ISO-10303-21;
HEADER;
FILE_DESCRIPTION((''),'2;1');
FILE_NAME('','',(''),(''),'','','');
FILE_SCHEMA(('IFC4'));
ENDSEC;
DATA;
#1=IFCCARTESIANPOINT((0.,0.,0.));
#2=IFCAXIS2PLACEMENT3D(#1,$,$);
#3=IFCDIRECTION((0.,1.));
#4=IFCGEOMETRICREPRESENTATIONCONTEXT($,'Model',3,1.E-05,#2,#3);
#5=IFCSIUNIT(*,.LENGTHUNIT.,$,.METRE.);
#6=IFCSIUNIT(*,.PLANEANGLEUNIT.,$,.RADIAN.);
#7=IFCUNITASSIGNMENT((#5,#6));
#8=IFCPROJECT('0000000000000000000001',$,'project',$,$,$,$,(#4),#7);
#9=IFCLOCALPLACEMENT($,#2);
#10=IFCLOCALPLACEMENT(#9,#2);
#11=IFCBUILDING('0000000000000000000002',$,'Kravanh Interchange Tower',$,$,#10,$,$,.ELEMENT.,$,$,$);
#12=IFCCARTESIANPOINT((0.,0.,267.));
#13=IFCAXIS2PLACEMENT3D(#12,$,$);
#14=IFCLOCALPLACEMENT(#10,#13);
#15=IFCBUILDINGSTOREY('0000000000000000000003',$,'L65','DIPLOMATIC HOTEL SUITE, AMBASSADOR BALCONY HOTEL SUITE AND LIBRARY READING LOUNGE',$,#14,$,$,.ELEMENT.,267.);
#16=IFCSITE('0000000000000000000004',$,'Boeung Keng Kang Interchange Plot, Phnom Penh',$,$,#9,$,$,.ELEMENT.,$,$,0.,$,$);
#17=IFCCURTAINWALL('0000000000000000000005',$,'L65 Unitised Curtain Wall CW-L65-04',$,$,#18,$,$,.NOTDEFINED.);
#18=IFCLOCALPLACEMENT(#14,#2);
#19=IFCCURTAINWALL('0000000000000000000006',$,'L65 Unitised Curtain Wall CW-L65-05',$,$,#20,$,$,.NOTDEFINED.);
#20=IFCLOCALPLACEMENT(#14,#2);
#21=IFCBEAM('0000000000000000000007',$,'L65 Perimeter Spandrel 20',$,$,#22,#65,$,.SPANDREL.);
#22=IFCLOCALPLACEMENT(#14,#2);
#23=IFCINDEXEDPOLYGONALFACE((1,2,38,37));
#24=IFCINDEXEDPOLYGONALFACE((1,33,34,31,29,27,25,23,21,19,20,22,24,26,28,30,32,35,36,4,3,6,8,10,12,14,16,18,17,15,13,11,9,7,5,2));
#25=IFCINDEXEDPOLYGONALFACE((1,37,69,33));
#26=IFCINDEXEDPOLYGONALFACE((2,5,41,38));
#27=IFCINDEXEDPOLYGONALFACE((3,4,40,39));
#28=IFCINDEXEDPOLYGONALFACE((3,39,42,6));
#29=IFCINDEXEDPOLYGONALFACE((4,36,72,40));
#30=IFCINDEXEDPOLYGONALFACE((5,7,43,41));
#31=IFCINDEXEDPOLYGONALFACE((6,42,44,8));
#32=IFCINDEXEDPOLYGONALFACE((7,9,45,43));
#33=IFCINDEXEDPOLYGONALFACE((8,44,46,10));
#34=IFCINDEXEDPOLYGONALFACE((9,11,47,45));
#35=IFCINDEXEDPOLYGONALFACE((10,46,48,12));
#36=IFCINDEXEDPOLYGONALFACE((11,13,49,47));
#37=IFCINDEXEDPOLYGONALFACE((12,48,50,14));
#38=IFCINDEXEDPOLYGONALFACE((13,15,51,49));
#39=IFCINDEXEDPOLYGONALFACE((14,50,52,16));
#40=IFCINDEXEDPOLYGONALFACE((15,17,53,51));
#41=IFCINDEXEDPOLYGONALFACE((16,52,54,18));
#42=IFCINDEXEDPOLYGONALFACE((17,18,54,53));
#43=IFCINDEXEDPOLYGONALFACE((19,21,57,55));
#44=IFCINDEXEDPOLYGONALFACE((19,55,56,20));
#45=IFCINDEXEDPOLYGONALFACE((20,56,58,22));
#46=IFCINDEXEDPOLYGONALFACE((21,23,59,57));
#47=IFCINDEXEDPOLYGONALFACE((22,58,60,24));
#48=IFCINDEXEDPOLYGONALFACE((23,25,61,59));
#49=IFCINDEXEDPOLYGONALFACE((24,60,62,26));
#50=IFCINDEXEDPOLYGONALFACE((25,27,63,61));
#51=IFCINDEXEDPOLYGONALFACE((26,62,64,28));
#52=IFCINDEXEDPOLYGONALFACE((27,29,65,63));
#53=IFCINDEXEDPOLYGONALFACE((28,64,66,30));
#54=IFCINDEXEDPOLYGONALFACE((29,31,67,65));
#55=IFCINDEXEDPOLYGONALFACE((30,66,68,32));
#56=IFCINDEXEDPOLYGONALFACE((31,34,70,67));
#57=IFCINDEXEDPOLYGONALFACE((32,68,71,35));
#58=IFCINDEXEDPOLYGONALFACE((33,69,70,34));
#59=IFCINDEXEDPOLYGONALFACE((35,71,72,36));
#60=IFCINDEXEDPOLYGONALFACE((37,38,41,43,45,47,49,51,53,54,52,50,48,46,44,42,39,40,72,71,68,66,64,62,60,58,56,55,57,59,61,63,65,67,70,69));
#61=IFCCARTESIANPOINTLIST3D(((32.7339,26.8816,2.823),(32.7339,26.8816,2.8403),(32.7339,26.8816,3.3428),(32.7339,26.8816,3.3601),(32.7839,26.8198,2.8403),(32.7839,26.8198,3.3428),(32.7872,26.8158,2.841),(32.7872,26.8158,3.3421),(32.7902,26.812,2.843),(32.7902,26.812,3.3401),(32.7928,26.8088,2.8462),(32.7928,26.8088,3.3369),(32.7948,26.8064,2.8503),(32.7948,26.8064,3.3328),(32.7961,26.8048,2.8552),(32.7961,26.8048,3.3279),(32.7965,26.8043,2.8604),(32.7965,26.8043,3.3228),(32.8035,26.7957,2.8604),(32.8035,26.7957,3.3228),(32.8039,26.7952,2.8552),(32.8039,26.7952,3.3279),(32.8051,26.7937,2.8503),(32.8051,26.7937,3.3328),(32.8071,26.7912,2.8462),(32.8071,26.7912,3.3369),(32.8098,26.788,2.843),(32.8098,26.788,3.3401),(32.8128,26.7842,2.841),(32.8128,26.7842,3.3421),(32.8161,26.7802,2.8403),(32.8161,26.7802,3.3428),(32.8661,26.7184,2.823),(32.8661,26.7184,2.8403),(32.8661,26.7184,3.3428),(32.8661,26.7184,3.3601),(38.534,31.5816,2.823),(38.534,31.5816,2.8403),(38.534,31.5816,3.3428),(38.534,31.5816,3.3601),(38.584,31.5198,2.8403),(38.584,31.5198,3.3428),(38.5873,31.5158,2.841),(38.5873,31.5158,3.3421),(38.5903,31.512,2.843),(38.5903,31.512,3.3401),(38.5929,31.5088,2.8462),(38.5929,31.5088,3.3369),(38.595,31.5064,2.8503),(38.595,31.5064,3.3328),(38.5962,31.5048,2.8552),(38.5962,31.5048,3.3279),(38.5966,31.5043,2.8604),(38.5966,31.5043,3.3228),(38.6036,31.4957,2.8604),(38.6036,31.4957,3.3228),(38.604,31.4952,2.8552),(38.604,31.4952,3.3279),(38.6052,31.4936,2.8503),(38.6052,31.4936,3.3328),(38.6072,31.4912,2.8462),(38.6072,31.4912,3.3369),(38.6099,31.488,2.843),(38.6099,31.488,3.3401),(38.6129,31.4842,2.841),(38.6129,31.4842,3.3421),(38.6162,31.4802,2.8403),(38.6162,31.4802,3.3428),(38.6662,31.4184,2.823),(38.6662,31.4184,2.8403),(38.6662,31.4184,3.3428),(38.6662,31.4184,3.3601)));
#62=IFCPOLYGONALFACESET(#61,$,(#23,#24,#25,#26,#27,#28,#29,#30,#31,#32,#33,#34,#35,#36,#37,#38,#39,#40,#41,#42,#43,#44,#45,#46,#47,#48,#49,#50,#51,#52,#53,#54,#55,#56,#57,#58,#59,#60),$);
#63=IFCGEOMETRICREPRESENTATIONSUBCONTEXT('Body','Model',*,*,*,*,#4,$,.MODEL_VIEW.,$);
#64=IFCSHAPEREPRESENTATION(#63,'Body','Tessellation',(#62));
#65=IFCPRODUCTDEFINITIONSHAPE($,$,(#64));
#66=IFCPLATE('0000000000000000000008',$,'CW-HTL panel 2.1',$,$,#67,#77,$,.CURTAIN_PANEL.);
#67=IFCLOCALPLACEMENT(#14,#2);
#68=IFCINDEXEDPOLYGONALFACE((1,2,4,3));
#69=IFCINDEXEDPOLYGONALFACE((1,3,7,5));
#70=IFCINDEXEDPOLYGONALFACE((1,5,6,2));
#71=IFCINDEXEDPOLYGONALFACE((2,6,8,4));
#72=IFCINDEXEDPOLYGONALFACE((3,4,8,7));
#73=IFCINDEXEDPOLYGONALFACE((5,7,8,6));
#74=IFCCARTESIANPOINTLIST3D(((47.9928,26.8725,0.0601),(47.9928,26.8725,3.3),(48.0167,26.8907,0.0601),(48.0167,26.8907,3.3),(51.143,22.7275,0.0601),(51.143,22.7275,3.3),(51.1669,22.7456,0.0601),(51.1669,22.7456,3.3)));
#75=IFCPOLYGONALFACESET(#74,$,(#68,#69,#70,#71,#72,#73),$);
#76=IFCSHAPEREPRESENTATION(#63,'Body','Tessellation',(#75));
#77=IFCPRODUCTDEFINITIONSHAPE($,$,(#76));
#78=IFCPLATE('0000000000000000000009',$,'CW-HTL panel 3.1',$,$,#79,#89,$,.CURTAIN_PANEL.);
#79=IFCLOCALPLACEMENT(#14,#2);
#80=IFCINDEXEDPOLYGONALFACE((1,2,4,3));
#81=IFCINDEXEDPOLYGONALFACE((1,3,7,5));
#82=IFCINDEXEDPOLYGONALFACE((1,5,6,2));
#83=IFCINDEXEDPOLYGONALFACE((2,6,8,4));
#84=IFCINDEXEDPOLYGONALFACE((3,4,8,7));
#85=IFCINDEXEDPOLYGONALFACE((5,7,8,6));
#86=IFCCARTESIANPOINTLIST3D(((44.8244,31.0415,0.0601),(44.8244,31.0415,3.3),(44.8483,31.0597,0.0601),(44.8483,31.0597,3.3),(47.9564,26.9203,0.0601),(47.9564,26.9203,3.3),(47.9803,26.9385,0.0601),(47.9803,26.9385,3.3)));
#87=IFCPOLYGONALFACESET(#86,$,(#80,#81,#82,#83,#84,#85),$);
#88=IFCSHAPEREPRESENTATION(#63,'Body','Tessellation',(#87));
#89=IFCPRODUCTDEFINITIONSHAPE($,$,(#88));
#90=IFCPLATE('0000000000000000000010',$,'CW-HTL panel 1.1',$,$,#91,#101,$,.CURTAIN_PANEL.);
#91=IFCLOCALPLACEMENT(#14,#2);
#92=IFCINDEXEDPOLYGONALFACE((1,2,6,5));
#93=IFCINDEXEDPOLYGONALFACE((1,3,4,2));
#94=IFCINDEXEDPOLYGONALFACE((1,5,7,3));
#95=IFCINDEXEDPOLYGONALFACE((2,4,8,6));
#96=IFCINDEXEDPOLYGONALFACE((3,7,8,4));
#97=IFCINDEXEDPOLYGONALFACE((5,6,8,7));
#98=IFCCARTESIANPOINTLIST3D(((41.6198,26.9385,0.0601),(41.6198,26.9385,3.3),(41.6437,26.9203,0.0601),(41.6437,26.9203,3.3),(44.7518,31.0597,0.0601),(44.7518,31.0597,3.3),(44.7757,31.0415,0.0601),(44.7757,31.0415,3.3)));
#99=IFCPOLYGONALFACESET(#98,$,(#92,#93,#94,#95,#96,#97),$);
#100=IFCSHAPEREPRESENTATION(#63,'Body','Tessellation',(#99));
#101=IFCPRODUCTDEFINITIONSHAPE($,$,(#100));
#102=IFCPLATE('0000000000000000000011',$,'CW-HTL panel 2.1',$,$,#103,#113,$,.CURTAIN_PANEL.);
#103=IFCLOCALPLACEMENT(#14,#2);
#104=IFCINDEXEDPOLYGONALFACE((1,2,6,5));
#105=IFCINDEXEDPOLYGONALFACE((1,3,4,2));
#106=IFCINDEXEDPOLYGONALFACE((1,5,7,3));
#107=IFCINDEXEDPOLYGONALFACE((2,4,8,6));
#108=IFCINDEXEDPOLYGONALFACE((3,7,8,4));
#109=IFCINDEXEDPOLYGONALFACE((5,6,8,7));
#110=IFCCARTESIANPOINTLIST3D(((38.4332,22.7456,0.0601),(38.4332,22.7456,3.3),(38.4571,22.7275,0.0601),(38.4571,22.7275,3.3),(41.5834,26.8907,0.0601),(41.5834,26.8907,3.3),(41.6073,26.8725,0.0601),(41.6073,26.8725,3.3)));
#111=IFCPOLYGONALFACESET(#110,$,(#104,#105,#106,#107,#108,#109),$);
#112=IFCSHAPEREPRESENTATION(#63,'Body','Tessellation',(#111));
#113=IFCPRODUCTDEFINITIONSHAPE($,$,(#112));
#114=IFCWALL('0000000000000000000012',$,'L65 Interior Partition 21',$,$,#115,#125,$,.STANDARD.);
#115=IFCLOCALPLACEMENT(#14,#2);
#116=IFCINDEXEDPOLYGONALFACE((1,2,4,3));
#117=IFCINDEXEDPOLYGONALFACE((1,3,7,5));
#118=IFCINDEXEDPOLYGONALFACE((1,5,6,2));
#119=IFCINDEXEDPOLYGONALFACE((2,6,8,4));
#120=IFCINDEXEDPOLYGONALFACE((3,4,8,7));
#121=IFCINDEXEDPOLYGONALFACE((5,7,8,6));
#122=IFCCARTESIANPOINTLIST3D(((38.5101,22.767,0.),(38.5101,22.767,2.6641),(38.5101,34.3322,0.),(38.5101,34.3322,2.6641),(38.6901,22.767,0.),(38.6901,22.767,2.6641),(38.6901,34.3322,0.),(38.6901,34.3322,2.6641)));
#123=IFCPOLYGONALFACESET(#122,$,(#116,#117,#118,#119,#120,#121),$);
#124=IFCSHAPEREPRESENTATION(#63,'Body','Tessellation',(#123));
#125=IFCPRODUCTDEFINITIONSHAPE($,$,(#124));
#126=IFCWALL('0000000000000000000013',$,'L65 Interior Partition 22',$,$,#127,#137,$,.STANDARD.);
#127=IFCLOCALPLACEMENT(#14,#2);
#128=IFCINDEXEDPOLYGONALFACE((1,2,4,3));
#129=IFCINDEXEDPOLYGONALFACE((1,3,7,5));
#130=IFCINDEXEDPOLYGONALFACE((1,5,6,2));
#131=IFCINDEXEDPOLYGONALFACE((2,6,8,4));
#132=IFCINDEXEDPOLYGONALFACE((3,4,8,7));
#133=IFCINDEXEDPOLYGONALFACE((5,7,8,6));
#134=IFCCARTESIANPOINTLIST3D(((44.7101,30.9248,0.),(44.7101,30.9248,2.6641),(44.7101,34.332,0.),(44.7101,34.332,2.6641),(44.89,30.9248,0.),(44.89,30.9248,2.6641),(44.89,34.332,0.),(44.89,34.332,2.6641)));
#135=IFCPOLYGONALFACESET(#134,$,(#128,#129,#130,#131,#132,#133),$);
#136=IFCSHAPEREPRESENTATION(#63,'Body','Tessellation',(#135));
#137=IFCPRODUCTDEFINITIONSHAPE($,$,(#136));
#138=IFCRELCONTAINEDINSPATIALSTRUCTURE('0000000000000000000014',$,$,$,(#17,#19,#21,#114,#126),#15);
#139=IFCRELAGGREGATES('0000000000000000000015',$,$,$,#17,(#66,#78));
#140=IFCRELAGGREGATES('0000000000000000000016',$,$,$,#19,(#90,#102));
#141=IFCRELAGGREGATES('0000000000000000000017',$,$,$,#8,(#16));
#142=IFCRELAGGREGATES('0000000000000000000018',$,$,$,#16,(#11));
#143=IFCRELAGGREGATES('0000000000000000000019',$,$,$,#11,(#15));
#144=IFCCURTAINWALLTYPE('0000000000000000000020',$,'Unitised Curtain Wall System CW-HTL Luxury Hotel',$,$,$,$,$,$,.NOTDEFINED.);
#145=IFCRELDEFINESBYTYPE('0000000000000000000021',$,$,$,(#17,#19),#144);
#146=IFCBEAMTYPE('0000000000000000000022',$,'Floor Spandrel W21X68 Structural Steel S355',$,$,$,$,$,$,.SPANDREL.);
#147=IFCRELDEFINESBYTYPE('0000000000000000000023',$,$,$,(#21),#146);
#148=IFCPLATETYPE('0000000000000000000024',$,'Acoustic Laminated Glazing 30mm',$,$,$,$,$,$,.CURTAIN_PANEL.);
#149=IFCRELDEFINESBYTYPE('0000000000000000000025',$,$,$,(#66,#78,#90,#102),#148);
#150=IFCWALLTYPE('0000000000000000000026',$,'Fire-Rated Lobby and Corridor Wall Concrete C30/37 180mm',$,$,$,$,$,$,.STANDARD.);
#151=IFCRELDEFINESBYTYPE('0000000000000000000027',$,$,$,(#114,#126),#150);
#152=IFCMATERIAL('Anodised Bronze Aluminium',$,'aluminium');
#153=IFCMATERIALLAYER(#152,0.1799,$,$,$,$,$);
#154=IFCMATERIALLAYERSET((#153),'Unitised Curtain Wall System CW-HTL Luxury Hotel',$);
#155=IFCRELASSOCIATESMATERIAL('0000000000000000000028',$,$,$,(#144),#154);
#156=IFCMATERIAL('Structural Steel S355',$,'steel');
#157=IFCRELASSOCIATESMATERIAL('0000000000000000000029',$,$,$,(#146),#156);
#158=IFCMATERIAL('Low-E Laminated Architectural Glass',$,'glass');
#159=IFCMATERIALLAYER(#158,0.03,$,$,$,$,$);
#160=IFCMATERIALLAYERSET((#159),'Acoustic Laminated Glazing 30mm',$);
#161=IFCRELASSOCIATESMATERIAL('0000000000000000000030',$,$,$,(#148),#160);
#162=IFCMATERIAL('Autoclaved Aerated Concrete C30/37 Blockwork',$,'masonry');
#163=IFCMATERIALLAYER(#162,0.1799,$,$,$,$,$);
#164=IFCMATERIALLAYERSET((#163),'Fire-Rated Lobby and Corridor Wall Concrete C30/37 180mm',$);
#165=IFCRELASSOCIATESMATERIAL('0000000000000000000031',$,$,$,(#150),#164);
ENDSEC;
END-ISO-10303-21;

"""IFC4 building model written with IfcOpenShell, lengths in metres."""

from ifc_helpers import new_model, si_unit, direction, frame, frame_2d, origin, origin_2d, place, context, subcontext, project, spatial, rectangle, i_section, extrude, material, layer, layer_set, material_profile, profile_set, type_object, element, aggregate, save


model = new_model("IFC4")

# Units and contexts
model_context = context("Model", 3, precision=1e-05, world=origin(), true_north=direction((0.0, 1.0)))
body_context = subcontext(model_context, "Body", "Model", "MODEL_VIEW")
ifc_project = project(units=[si_unit("LENGTHUNIT", "METRE"), si_unit("PLANEANGLEUNIT", "RADIAN")], contexts=[model_context])

# Site, building, storey
site_placement = place(None, origin())
site = spatial("IfcSite", under=ifc_project, at=site_placement, Name="Boeung Keng Kang Interchange Plot, Phnom Penh", CompositionType="ELEMENT", RefElevation=0.0)
building_placement = place(site_placement, origin())
building = spatial("IfcBuilding", under=site, at=building_placement, Name="Kravanh Interchange Tower", CompositionType="ELEMENT")
storey_placement = place(building_placement, frame((0.0, 0.0, 267.0)))
storey = spatial("IfcBuildingStorey", under=building, at=storey_placement, Name="L65", Description="DIPLOMATIC HOTEL SUITE, AMBASSADOR BALCONY HOTEL SUITE AND LIBRARY READING LOUNGE", CompositionType="ELEMENT", Elevation=267.0)

# Curtain walls
ifc_material_1 = material(Name="Anodised Bronze Aluminium", Category="aluminium")
ifc_layer_1 = layer(ifc_material_1, 0.1799)
ifc_layer_set_1 = layer_set([ifc_layer_1], Name="Unitised Curtain Wall System CW-HTL Luxury Hotel")
curtain_wall_type = type_object("IfcCurtainWallType", Name="Unitised Curtain Wall System CW-HTL Luxury Hotel", PredefinedType="NOTDEFINED", material=ifc_layer_set_1)
curtain_wall_1_placement = place(storey_placement, origin())
curtain_wall_1 = element("IfcCurtainWall", 1, at=curtain_wall_1_placement, inside=storey, type_object=curtain_wall_type, Name="L65 Unitised Curtain Wall CW-L65-04", PredefinedType="NOTDEFINED")
curtain_wall_2_placement = place(storey_placement, origin())
curtain_wall_2 = element("IfcCurtainWall", 2, at=curtain_wall_2_placement, inside=storey, type_object=curtain_wall_type, Name="L65 Unitised Curtain Wall CW-L65-05", PredefinedType="NOTDEFINED")

# Beam
ifc_material_2 = material(Name="Structural Steel S355", Category="steel")
ifc_material_profile_1 = material_profile(ifc_material_2, i_section(OverallWidth=0.21, OverallDepth=0.5371, WebThickness=0.011, FlangeThickness=0.0173, FilletRadius=0.02, at=origin_2d()), Name="W21X68")
ifc_profile_set_1 = profile_set([ifc_material_profile_1], Name="Structural Steel S355")
beam_type_1 = type_object("IfcBeamType", Name="Floor Spandrel W21X68 Structural Steel S355", PredefinedType="SPANDREL", material=ifc_profile_set_1)
beam_1_placement = place(storey_placement, frame((38.6001, 31.5, 3.0916), z_axis=(-0.776939, -0.629576, 0.0), x_axis=(0.629576, -0.776939, 0.0)))
element("IfcBeam", 3, at=beam_1_placement, inside=storey, type_object=beam_type_1, Name="L65 Perimeter Spandrel 20", PredefinedType="SPANDREL", context=body_context, shape_type="SweptSolid", body=[
    extrude(i_section(OverallWidth=0.21, OverallDepth=0.5371, WebThickness=0.011, FlangeThickness=0.0173, FilletRadius=0.02, at=origin_2d()), origin(), (0.0, 0.0, 1.0), 7.4653),
])

# Plates
ifc_material_3 = material(Name="Low-E Laminated Architectural Glass", Category="glass")
ifc_layer_2 = layer(ifc_material_3, 0.03)
ifc_layer_set_2 = layer_set([ifc_layer_2], Name="Acoustic Laminated Glazing 30mm")
plate_type = type_object("IfcPlateType", Name="Acoustic Laminated Glazing 30mm", PredefinedType="CURTAIN_PANEL", material=ifc_layer_set_2)
plate_1_placement = place(storey_placement, frame((49.5798, 24.8091, 0.0601), z_axis=(0.0, 0.0, 1.0), x_axis=(-0.605083, 0.796162, 0.0)))
plate_1 = element("IfcPlate", 4, at=plate_1_placement, type_object=plate_type, Name="CW-HTL panel 2.1", PredefinedType="CURTAIN_PANEL", context=body_context, shape_type="SweptSolid", body=[
    extrude(rectangle(XDim=5.2063, YDim=0.03, at=origin_2d()), origin(), (0.0, 0.0, 1.0), 3.24),
])
plate_2_placement = place(storey_placement, frame((46.4023, 28.99, 0.0601), z_axis=(0.0, 0.0, 1.0), x_axis=(-0.605083, 0.796162, 0.0)))
plate_2 = element("IfcPlate", 5, at=plate_2_placement, type_object=plate_type, Name="CW-HTL panel 3.1", PredefinedType="CURTAIN_PANEL", context=body_context, shape_type="SweptSolid", body=[
    extrude(rectangle(XDim=5.1763, YDim=0.03, at=origin_2d()), origin(), (0.0, 0.0, 1.0), 3.24),
])
aggregate(curtain_wall_1, [plate_1, plate_2])
plate_3_placement = place(storey_placement, frame((43.1978, 28.99, 0.0601), z_axis=(0.0, 0.0, 1.0), x_axis=(-0.605083, -0.796162, 0.0)))
plate_3 = element("IfcPlate", 6, at=plate_3_placement, type_object=plate_type, Name="CW-HTL panel 1.1", PredefinedType="CURTAIN_PANEL", context=body_context, shape_type="SweptSolid", body=[
    extrude(rectangle(XDim=5.1763, YDim=0.03, at=origin_2d()), origin(), (0.0, 0.0, 1.0), 3.24),
])
plate_4_placement = place(storey_placement, frame((40.0203, 24.8091, 0.0601), z_axis=(0.0, 0.0, 1.0), x_axis=(-0.605083, -0.796162, 0.0)))
plate_4 = element("IfcPlate", 7, at=plate_4_placement, type_object=plate_type, Name="CW-HTL panel 2.1", PredefinedType="CURTAIN_PANEL", context=body_context, shape_type="SweptSolid", body=[
    extrude(rectangle(XDim=5.2063, YDim=0.03, at=origin_2d()), origin(), (0.0, 0.0, 1.0), 3.24),
])
aggregate(curtain_wall_2, [plate_3, plate_4])

# Walls
ifc_material_4 = material(Name="Autoclaved Aerated Concrete C30/37 Blockwork", Category="masonry")
ifc_layer_3 = layer(ifc_material_4, 0.1799)
ifc_layer_set_3 = layer_set([ifc_layer_3], Name="Fire-Rated Lobby and Corridor Wall Concrete C30/37 180mm")
wall_type = type_object("IfcWallType", Name="Fire-Rated Lobby and Corridor Wall Concrete C30/37 180mm", PredefinedType="STANDARD", material=ifc_layer_set_3)
wall_1_placement = place(storey_placement, frame((38.6001, 22.7668, 0.0), z_axis=(0.0, 0.0, 1.0), x_axis=(0.0, 1.0, 0.0)))
element("IfcWall", 8, at=wall_1_placement, inside=storey, type_object=wall_type, Name="L65 Interior Partition 21", PredefinedType="STANDARD", context=body_context, shape_type="SweptSolid", body=[
    extrude(rectangle(XDim=11.5652, YDim=0.1799, at=frame_2d((5.7827, 0.0))), origin(), (0.0, 0.0, 1.0), 2.6641),
])
wall_2_placement = place(storey_placement, frame((44.8, 30.9248, 0.0), z_axis=(0.0, 0.0, 1.0), x_axis=(0.0, 1.0, 0.0)))
element("IfcWall", 9, at=wall_2_placement, inside=storey, type_object=wall_type, Name="L65 Interior Partition 22", PredefinedType="STANDARD", context=body_context, shape_type="SweptSolid", body=[
    extrude(rectangle(XDim=3.4072, YDim=0.1799, at=frame_2d((1.7036, 0.0))), origin(), (0.0, 0.0, 1.0), 2.6641),
])

save(model, "model.ifc")
